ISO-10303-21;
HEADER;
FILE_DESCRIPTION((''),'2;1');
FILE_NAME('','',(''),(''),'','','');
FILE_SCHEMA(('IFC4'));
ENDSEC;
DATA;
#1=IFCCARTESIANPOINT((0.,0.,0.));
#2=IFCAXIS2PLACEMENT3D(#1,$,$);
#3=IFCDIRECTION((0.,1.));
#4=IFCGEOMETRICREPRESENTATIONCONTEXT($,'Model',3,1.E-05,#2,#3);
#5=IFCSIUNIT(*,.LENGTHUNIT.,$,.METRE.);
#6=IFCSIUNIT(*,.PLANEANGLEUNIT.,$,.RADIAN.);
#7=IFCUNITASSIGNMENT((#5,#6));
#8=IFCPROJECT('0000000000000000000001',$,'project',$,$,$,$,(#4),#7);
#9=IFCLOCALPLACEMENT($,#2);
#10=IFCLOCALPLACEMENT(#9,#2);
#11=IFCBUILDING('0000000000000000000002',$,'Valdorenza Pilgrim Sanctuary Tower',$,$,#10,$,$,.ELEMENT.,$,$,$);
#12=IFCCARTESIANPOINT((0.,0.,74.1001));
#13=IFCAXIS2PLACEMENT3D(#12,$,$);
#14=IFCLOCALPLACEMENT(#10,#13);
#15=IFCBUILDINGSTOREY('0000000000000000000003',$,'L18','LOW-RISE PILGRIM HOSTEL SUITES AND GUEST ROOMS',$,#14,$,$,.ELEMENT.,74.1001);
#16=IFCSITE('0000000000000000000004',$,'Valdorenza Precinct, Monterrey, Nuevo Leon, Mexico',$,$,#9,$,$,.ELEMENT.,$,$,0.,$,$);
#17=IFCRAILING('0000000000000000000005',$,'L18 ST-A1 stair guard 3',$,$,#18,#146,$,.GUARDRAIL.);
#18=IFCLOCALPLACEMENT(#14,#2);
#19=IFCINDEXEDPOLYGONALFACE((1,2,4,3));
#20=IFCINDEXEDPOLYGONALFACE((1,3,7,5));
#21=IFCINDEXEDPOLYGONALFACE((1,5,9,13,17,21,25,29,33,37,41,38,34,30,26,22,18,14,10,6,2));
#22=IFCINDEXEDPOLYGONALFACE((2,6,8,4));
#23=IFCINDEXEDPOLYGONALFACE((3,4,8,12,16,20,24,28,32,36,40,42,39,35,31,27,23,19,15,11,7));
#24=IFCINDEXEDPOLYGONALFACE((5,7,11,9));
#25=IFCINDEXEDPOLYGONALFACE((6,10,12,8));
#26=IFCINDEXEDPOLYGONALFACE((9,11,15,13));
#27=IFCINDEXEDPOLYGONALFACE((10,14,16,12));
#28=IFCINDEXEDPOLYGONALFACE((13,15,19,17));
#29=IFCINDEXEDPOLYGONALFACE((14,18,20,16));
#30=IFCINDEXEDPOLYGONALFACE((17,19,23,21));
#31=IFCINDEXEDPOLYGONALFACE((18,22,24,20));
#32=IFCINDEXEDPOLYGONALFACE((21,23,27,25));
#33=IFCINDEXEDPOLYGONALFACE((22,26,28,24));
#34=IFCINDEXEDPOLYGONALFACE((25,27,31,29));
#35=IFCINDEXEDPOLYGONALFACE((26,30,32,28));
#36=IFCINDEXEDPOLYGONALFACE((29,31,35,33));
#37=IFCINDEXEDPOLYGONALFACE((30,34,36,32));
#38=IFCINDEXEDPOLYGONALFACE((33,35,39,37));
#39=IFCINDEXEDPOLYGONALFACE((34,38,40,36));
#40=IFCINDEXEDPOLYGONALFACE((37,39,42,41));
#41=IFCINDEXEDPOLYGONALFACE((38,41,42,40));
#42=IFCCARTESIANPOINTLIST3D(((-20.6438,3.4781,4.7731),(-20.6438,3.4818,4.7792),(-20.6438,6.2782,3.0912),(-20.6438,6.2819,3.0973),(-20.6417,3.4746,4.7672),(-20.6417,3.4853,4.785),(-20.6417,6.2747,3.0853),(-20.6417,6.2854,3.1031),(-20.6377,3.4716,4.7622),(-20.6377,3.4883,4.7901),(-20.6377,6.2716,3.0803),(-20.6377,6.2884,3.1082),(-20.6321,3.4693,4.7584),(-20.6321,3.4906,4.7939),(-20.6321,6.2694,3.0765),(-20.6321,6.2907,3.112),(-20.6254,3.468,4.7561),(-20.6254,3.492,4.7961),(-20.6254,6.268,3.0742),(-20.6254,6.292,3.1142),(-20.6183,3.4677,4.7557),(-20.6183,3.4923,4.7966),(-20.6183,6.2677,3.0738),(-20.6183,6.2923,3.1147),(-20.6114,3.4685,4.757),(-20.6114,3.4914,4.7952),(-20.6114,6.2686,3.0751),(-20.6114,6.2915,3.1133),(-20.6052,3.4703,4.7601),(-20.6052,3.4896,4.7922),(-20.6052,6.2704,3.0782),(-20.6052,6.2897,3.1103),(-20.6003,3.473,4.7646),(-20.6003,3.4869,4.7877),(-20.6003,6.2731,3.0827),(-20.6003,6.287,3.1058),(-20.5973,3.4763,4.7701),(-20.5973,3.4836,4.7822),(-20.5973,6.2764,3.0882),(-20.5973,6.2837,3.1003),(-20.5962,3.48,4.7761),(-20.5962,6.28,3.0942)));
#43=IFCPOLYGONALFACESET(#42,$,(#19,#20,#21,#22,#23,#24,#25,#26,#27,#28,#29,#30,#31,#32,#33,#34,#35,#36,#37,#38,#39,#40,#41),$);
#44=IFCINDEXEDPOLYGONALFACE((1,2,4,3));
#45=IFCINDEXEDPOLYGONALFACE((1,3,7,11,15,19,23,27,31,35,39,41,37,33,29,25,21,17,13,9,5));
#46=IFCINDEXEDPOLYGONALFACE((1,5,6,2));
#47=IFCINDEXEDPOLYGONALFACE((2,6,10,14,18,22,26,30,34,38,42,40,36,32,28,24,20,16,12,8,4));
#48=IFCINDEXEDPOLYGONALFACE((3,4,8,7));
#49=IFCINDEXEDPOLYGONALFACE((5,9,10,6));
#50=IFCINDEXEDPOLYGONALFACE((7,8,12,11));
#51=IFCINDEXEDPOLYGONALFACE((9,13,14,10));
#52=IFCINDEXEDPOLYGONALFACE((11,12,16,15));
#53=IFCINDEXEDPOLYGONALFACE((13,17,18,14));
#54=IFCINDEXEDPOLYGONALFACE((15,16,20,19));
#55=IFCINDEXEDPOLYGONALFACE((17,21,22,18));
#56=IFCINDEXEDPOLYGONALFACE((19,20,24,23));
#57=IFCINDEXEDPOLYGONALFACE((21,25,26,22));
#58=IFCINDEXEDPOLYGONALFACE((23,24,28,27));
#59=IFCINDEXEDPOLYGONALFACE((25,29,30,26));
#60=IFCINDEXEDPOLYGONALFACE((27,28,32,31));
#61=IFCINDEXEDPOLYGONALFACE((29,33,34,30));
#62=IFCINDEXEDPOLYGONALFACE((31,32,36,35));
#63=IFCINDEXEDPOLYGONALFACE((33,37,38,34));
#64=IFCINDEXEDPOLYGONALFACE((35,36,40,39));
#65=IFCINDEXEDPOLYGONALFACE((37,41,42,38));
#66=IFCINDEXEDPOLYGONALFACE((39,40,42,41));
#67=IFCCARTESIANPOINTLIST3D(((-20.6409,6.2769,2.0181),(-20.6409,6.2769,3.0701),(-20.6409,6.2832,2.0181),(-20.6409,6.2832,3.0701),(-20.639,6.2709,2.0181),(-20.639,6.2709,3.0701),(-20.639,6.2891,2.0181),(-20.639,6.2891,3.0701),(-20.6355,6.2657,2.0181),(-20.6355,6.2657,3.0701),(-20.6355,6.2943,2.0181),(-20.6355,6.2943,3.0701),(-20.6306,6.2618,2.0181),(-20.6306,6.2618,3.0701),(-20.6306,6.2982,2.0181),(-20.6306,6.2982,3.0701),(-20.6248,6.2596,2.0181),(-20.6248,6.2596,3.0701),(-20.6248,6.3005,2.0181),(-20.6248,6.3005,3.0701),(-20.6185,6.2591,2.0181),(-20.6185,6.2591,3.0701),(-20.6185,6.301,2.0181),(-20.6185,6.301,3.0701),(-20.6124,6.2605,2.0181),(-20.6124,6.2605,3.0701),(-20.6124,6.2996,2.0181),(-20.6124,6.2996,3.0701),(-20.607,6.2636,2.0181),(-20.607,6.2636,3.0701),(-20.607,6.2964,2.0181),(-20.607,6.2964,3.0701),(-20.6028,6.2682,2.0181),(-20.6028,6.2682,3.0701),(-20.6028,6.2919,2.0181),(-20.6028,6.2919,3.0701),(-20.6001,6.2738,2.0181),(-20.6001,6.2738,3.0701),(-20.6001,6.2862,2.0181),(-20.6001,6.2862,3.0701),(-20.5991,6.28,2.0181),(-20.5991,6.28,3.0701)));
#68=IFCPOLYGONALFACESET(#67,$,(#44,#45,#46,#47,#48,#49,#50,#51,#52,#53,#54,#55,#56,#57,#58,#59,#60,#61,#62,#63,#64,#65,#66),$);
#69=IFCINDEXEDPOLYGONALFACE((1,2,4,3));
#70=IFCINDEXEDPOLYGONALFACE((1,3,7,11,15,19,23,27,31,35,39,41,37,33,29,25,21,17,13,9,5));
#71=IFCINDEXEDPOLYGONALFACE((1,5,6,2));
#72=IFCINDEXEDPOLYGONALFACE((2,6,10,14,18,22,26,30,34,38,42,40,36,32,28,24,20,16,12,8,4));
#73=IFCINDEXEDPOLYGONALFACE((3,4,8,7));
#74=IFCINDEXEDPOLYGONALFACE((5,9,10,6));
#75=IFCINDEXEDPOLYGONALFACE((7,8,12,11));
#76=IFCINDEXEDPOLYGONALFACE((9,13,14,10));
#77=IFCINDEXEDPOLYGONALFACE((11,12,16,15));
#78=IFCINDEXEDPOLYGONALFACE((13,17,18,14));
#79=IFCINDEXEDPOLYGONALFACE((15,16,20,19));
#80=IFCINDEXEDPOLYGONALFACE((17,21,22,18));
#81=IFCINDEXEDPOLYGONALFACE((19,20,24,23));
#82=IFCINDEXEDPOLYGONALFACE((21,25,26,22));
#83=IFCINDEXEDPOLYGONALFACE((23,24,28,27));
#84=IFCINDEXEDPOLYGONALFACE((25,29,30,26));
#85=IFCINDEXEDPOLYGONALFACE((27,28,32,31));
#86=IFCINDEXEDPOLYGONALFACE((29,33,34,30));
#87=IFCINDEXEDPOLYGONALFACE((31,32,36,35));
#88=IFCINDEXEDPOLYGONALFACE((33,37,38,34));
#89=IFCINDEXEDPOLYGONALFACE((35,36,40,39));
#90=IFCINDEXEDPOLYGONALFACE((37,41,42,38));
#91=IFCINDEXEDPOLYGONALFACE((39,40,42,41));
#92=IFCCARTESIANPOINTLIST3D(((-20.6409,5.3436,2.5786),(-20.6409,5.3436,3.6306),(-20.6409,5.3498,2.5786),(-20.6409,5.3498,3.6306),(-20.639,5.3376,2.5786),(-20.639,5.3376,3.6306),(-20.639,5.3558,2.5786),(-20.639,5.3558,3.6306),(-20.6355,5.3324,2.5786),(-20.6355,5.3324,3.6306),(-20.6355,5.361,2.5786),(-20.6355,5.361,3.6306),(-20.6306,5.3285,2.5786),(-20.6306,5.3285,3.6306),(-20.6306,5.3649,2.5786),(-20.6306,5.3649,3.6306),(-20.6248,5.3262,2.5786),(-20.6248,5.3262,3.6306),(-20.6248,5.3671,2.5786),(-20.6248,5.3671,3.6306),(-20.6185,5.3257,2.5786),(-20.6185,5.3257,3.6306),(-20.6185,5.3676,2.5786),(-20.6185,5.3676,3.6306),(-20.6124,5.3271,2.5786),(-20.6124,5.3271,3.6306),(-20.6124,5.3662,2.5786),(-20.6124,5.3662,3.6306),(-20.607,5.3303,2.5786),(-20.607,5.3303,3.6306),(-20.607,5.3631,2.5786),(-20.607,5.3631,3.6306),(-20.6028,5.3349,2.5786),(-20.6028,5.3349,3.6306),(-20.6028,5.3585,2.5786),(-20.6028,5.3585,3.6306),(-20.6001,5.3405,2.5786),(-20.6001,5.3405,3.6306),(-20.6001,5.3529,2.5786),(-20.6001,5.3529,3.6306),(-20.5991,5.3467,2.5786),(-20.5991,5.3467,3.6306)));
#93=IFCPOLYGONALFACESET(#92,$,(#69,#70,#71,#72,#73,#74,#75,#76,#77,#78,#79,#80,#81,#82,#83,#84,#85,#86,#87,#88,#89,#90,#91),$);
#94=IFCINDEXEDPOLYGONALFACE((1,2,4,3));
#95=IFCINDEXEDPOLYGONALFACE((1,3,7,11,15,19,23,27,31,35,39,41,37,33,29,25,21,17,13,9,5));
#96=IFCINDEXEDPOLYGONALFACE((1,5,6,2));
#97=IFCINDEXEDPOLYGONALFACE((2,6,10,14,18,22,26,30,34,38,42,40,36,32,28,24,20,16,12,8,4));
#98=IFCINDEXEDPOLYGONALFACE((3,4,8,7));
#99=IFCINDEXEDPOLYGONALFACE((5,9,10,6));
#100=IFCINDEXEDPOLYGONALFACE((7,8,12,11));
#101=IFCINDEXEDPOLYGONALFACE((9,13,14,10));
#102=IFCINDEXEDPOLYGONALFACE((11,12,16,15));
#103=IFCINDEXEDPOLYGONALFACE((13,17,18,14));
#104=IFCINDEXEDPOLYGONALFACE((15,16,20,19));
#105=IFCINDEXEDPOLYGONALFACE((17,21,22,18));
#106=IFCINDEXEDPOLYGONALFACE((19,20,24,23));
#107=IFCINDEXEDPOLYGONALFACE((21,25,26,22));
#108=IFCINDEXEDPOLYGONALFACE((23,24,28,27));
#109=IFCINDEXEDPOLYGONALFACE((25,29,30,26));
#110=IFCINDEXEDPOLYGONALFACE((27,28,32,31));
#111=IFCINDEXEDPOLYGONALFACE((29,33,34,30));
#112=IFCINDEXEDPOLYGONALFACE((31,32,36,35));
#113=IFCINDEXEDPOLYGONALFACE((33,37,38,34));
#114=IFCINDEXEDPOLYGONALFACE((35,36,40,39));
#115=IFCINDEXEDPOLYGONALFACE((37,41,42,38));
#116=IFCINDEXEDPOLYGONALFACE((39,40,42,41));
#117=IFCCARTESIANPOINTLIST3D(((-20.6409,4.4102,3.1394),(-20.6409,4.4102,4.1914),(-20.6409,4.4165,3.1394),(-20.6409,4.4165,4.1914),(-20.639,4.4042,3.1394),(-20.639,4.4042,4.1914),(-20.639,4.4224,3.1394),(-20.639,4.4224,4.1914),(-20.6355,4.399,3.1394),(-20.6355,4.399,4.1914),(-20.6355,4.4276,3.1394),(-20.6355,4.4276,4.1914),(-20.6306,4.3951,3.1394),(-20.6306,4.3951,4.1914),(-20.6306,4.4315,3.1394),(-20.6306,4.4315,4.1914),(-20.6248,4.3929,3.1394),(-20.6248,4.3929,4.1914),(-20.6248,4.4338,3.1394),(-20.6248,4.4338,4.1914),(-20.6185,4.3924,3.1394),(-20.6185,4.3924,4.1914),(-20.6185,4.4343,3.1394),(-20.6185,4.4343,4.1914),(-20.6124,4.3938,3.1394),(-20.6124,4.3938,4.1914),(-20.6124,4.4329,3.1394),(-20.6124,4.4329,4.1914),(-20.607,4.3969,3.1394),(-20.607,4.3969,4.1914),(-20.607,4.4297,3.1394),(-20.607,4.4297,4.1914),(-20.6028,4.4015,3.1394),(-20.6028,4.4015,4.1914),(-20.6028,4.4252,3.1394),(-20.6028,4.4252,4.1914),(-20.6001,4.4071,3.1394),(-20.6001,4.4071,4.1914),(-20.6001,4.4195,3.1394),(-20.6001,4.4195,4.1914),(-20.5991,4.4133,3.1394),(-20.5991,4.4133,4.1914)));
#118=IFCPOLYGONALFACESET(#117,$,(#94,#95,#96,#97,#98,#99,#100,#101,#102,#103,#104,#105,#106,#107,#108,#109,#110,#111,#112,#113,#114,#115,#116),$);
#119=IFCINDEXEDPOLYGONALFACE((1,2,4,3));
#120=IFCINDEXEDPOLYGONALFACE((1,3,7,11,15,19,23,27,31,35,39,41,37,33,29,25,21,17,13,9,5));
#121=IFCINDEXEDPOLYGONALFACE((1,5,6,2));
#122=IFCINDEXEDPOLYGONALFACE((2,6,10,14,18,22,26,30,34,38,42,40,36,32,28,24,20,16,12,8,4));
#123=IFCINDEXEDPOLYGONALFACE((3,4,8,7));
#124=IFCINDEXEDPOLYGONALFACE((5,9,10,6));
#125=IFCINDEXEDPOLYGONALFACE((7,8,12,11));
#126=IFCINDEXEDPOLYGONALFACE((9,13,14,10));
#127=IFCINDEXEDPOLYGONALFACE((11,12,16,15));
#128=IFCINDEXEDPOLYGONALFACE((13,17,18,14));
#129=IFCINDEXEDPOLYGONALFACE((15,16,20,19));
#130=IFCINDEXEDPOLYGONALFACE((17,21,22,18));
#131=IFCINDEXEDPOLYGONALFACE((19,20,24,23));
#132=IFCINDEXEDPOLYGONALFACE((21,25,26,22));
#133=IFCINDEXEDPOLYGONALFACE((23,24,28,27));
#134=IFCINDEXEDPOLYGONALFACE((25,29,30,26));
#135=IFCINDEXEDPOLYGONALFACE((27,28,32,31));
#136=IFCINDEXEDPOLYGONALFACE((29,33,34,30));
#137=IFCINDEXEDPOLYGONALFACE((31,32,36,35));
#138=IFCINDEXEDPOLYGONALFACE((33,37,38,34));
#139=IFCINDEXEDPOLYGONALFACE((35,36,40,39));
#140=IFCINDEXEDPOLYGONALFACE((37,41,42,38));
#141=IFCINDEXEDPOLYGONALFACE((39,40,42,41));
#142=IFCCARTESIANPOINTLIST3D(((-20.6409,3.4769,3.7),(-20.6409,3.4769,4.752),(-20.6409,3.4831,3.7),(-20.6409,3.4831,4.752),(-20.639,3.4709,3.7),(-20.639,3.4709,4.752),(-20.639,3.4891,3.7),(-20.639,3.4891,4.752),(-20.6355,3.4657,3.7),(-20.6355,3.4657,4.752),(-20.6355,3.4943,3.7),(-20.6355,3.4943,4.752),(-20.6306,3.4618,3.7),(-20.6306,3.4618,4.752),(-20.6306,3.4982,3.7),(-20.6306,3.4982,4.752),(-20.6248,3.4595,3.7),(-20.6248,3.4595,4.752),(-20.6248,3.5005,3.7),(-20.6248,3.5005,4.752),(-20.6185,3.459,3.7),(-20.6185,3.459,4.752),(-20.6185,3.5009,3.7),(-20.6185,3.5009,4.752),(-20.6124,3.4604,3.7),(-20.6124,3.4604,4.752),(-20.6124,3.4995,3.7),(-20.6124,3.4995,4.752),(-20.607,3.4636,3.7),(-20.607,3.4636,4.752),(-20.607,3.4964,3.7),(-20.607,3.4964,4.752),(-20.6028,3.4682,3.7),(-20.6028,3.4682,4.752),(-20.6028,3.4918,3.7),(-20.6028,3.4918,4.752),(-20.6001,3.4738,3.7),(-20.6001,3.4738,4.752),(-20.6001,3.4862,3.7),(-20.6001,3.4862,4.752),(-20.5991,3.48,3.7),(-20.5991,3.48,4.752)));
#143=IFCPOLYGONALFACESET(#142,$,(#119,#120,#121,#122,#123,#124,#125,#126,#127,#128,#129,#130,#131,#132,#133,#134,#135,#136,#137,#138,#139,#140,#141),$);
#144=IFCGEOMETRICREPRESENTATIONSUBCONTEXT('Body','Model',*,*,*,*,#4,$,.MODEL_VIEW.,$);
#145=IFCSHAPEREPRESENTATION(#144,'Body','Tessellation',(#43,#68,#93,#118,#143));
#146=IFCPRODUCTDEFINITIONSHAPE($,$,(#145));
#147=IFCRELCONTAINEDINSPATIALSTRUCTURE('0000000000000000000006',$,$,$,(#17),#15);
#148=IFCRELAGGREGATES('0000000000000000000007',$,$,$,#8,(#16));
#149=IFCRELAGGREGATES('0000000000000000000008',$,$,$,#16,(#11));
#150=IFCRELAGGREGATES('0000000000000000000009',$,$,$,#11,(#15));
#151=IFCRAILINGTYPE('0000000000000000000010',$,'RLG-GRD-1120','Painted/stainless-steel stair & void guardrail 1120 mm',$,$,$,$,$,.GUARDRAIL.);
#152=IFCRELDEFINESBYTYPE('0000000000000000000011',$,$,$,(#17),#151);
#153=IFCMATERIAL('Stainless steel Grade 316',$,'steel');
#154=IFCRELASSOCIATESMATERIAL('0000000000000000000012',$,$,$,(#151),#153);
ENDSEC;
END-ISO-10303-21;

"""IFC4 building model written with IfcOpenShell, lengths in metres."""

from ifc_helpers import new_model, si_unit, direction, frame, origin, origin_2d, place, context, subcontext, project, spatial, circle, extrude, material, type_object, element, save


model = new_model("IFC4")

# Units and contexts
model_context = context("Model", 3, precision=1e-05, world=origin(), true_north=direction((0.0, 1.0)))
body_context = subcontext(model_context, "Body", "Model", "MODEL_VIEW")
ifc_project = project(units=[si_unit("LENGTHUNIT", "METRE"), si_unit("PLANEANGLEUNIT", "RADIAN")], contexts=[model_context])

# Site, building, storey
site_placement = place(None, origin())
site = spatial("IfcSite", under=ifc_project, at=site_placement, Name="Valdorenza Precinct, Monterrey, Nuevo Leon, Mexico", CompositionType="ELEMENT", RefElevation=0.0)
building_placement = place(site_placement, origin())
building = spatial("IfcBuilding", under=site, at=building_placement, Name="Valdorenza Pilgrim Sanctuary Tower", CompositionType="ELEMENT")
storey_placement = place(building_placement, frame((0.0, 0.0, 74.1001)))
storey = spatial("IfcBuildingStorey", under=building, at=storey_placement, Name="L18", Description="LOW-RISE PILGRIM HOSTEL SUITES AND GUEST ROOMS", CompositionType="ELEMENT", Elevation=74.1001)

# Railing
ifc_material_1 = material(Name="Stainless steel Grade 316", Category="steel")
railing_type_1 = type_object("IfcRailingType", Name="RLG-GRD-1120", Description="Painted/stainless-steel stair & void guardrail 1120 mm", PredefinedType="GUARDRAIL", material=ifc_material_1)
railing_1_placement = place(storey_placement, frame((-20.6201, 6.28, 2.0181)))
element("IfcRailing", 1, at=railing_1_placement, inside=storey, type_object=railing_type_1, Name="L18 ST-A1 stair guard 3", PredefinedType="GUARDRAIL", context=body_context, shape_type="SweptSolid", body=[
    extrude(circle(Radius=0.0239, at=origin_2d()), frame((0.0, 0.0, 1.0762), z_axis=(0.0, -0.857242, 0.514913), x_axis=(1.0, 0.0, 0.0)), (0.0, 0.0, 1.0), 3.2664),
    extrude(circle(Radius=0.021, at=origin_2d()), origin(), (0.0, 0.0, 1.0), 1.052),
    extrude(circle(Radius=0.021, at=origin_2d()), frame((0.0, -0.9333, 0.5605)), (0.0, 0.0, 1.0), 1.052),
    extrude(circle(Radius=0.021, at=origin_2d()), frame((0.0, -1.8667, 1.1213)), (0.0, 0.0, 1.0), 1.052),
    extrude(circle(Radius=0.021, at=origin_2d()), frame((0.0, -2.8, 1.6819)), (0.0, 0.0, 1.0), 1.052),
])

save(model, "model.ifc")
